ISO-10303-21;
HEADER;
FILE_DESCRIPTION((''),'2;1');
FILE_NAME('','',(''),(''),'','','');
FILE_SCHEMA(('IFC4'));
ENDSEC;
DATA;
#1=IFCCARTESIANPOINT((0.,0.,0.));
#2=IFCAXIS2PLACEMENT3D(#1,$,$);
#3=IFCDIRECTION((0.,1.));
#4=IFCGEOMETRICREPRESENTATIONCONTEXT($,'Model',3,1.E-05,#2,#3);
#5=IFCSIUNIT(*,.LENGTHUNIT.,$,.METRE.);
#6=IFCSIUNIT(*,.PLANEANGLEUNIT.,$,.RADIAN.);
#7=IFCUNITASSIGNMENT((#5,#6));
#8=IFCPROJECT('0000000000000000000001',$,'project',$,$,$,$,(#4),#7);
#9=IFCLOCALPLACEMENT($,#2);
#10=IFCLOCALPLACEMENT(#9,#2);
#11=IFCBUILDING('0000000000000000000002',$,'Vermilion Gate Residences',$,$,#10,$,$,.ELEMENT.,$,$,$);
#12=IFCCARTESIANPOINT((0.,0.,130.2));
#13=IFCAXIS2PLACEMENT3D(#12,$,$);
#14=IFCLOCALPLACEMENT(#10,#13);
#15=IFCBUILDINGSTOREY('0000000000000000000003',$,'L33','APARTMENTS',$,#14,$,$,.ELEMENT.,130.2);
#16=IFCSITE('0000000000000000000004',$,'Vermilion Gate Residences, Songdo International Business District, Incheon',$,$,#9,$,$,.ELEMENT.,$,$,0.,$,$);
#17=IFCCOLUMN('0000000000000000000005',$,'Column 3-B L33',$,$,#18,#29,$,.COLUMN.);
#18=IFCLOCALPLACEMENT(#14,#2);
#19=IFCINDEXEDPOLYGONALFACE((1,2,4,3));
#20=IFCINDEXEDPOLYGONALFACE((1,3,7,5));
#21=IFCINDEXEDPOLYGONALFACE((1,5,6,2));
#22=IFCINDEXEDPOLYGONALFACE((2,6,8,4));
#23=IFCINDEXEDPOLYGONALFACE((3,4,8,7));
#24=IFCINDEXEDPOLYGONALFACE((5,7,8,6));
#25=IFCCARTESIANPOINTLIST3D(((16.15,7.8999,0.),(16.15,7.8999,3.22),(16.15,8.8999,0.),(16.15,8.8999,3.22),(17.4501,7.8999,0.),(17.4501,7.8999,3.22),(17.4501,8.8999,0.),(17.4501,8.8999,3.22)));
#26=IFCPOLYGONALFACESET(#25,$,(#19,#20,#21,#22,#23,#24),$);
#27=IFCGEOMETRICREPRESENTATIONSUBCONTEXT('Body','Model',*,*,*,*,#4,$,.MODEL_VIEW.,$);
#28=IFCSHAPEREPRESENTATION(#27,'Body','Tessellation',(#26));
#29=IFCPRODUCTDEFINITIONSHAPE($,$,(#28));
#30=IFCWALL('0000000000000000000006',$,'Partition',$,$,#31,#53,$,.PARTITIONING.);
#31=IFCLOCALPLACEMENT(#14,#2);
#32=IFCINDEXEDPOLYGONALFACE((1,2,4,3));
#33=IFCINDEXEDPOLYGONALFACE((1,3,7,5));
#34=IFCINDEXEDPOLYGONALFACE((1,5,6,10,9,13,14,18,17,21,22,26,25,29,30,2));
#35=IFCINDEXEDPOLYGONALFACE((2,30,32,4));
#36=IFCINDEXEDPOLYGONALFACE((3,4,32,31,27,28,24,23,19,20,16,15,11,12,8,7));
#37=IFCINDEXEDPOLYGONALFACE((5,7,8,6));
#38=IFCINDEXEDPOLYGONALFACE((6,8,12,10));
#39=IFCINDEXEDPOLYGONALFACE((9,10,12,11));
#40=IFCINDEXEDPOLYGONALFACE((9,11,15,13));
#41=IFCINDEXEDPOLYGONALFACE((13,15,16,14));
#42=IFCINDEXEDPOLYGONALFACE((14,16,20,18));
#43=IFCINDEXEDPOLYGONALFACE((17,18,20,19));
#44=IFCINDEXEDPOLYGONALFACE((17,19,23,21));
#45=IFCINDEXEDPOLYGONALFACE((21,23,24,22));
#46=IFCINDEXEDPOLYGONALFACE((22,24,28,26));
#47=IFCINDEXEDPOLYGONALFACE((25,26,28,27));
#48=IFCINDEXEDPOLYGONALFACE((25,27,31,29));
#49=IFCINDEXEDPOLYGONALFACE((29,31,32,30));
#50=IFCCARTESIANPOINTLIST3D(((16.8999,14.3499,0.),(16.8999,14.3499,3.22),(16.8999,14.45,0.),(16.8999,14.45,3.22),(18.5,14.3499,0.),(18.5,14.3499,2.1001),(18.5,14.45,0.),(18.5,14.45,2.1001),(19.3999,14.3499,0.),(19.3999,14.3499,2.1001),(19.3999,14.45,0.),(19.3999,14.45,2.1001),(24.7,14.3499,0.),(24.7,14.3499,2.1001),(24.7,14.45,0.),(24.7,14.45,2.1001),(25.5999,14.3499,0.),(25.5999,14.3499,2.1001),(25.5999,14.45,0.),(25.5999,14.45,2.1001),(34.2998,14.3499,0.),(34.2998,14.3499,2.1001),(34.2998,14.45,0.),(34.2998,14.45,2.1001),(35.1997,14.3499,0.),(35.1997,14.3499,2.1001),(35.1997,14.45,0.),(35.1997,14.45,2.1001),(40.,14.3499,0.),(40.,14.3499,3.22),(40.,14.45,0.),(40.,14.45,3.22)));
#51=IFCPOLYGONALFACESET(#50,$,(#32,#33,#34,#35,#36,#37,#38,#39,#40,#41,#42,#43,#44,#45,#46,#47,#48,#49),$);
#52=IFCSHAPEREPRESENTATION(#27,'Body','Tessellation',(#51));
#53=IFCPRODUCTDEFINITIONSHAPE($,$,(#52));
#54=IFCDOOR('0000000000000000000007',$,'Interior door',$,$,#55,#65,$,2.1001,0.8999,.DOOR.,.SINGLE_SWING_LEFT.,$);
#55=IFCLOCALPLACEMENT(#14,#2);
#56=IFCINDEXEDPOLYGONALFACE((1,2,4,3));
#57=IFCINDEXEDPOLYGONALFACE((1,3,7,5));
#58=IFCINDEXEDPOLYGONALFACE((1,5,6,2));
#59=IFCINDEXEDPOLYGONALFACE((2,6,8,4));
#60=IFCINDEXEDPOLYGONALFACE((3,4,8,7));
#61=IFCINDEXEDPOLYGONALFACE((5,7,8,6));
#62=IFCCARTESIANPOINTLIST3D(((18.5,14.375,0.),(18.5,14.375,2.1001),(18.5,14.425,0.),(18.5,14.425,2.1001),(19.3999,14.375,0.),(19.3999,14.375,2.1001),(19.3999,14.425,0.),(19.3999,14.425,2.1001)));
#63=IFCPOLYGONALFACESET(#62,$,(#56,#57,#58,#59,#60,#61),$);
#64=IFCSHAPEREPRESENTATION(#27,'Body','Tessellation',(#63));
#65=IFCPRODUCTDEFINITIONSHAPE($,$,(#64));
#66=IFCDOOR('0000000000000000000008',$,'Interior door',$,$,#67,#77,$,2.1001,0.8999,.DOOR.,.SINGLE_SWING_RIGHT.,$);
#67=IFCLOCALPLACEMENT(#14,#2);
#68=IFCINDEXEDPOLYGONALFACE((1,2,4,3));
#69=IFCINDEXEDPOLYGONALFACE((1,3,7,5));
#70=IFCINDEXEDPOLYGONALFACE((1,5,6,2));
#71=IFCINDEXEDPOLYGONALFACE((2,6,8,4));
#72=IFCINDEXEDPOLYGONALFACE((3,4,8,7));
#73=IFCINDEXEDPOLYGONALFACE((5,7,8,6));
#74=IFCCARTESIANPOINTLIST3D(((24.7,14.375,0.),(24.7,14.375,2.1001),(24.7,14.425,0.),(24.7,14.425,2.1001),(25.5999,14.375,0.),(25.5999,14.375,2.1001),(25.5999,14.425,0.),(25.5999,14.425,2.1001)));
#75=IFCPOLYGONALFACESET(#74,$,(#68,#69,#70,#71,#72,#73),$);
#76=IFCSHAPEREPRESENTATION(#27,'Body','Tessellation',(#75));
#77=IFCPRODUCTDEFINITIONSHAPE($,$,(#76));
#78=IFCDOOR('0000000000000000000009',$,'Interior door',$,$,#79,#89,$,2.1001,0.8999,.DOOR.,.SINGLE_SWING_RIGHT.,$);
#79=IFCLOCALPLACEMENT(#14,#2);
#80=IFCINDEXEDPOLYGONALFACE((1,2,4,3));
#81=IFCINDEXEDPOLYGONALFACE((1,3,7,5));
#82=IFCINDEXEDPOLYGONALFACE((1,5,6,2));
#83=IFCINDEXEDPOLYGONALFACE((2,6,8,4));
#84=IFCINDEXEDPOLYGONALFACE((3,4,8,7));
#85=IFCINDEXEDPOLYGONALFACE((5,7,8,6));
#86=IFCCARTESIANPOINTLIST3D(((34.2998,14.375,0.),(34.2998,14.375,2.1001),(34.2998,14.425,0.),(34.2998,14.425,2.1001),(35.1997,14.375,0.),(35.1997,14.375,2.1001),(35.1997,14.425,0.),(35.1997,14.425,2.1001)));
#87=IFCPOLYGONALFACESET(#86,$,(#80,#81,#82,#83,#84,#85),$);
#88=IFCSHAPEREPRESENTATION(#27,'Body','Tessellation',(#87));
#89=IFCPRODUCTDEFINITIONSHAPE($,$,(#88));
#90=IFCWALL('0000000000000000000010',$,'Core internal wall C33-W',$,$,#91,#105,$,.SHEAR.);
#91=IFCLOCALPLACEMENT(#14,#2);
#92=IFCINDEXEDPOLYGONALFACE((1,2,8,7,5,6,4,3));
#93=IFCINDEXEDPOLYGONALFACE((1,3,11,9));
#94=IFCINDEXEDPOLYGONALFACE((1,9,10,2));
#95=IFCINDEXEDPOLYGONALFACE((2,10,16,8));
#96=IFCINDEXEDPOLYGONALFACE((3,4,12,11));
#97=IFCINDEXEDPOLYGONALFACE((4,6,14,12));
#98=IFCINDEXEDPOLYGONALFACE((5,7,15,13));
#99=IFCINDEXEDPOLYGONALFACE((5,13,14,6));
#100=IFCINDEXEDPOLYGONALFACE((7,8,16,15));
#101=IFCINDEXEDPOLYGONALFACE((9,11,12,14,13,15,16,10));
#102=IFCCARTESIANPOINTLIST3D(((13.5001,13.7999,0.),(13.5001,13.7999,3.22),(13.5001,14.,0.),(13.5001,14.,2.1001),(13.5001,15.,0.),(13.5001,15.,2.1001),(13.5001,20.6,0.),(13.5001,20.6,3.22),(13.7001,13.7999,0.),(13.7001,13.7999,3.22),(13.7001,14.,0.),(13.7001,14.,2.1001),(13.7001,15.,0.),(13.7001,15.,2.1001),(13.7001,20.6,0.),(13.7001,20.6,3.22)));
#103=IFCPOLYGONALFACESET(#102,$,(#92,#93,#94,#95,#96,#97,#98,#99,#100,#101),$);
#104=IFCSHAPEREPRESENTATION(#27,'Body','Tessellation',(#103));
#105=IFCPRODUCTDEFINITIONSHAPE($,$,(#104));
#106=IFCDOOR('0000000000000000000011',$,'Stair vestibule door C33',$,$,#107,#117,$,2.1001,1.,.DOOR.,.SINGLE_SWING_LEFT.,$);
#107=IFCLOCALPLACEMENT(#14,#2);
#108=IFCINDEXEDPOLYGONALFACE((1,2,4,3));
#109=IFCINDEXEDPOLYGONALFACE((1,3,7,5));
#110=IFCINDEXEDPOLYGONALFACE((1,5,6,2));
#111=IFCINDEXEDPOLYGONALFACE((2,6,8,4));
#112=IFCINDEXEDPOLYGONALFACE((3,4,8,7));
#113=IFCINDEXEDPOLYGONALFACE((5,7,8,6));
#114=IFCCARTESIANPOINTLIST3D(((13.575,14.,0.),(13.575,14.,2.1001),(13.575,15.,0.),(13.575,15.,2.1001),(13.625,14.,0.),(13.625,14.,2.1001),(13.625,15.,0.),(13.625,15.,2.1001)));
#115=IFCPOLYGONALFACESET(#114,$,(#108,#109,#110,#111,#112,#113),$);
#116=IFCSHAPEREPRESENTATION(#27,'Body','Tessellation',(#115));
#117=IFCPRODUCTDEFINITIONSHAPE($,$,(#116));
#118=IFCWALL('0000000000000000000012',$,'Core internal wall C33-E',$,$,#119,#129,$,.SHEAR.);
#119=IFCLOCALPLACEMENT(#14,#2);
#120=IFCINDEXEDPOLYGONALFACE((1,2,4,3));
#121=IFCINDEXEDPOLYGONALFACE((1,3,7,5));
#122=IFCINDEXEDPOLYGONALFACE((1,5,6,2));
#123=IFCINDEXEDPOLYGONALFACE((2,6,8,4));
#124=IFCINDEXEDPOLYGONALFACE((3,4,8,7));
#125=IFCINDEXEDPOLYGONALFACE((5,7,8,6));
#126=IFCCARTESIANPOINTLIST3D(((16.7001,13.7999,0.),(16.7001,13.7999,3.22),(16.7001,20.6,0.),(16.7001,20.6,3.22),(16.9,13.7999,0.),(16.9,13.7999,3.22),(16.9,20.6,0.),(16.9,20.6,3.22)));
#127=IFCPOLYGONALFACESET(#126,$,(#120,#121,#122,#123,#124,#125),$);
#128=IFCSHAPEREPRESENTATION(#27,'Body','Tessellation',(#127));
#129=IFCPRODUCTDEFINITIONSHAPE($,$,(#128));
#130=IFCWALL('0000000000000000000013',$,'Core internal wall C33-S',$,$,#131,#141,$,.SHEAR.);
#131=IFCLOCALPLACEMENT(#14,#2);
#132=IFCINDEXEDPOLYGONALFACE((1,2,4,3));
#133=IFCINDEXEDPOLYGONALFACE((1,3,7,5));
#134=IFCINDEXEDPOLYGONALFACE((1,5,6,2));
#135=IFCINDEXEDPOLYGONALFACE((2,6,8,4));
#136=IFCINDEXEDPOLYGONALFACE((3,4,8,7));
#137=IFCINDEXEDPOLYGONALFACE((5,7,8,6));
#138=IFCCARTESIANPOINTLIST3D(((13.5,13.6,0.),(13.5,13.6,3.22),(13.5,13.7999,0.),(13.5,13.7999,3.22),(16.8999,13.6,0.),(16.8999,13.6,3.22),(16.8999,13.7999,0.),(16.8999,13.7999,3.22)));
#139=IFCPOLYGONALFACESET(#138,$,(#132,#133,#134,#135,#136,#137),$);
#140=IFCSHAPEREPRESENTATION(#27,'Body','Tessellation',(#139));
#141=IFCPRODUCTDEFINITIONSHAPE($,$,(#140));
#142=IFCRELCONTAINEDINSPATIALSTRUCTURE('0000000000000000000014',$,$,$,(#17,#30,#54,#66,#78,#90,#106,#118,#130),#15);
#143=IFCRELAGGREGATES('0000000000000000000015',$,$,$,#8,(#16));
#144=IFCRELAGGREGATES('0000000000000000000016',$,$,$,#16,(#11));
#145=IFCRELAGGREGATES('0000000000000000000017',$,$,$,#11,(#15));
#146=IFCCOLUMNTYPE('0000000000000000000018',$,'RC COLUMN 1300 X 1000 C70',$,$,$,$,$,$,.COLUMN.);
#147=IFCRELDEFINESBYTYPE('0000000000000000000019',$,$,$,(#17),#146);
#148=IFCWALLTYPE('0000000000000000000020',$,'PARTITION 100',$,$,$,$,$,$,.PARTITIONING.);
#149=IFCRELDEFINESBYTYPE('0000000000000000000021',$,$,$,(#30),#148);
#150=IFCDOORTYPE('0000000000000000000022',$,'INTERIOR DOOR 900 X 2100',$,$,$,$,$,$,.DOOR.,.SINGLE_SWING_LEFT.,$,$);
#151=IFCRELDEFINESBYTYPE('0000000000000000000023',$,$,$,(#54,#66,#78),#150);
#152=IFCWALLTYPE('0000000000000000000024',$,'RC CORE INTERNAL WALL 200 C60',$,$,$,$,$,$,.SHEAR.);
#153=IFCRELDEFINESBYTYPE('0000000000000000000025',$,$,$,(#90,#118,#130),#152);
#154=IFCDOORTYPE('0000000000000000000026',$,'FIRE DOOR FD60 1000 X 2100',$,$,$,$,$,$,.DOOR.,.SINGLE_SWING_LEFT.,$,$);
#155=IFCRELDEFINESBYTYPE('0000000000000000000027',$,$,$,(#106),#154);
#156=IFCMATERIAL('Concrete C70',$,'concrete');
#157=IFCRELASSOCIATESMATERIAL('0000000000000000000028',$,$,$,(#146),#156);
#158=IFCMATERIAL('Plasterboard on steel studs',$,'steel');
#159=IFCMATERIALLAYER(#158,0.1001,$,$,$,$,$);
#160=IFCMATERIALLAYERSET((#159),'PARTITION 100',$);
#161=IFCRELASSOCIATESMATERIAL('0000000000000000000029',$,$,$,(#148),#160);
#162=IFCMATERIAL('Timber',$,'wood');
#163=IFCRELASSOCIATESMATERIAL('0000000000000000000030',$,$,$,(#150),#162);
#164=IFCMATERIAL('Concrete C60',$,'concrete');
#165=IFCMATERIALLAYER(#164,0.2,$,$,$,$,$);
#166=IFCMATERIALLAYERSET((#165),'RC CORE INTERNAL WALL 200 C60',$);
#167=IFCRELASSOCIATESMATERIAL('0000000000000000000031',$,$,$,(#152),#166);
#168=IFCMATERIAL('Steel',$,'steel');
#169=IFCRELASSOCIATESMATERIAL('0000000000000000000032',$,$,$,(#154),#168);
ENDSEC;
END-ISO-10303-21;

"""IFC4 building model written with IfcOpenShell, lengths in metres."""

from ifc_helpers import new_model, si_unit, direction, frame, frame_2d, origin, origin_2d, place, context, subcontext, project, spatial, rectangle, extrude, material, layer, layer_set, material_profile, profile_set, type_object, element, fill, save


model = new_model("IFC4")

# Units and contexts
model_context = context("Model", 3, precision=1e-05, world=origin(), true_north=direction((0.0, 1.0)))
body_context = subcontext(model_context, "Body", "Model", "MODEL_VIEW")
ifc_project = project(units=[si_unit("LENGTHUNIT", "METRE"), si_unit("PLANEANGLEUNIT", "RADIAN")], contexts=[model_context])

# Site, building, storey
site_placement = place(None, origin())
site = spatial("IfcSite", under=ifc_project, at=site_placement, Name="Vermilion Gate Residences, Songdo International Business District, Incheon", CompositionType="ELEMENT", RefElevation=0.0)
building_placement = place(site_placement, origin())
building = spatial("IfcBuilding", under=site, at=building_placement, Name="Vermilion Gate Residences", CompositionType="ELEMENT")
storey_placement = place(building_placement, frame((0.0, 0.0, 130.2)))
storey = spatial("IfcBuildingStorey", under=building, at=storey_placement, Name="L33", Description="APARTMENTS", CompositionType="ELEMENT", Elevation=130.2)

# Column
ifc_material_1 = material(Name="Concrete C70", Category="concrete")
ifc_material_profile_1 = material_profile(ifc_material_1, rectangle(XDim=1.3, YDim=1.0, at=origin_2d()), Name="RC-1300x1000")
ifc_profile_set_1 = profile_set([ifc_material_profile_1], Name="Concrete C70")
column_type = type_object("IfcColumnType", Name="RC COLUMN 1300 X 1000 C70", PredefinedType="COLUMN", material=ifc_profile_set_1)
column_placement = place(storey_placement, frame((16.8, 8.3999, 0.0), z_axis=(0.0, 0.0, 1.0), x_axis=(1.0, 0.0, 0.0)))
element("IfcColumn", 1, at=column_placement, inside=storey, type_object=column_type, Name="Column 3-B L33", PredefinedType="COLUMN", context=body_context, shape_type="SweptSolid", body=[
    extrude(rectangle(XDim=1.3, YDim=1.0, at=origin_2d()), origin(), (0.0, 0.0, 1.0), 3.22),
])

# Wall, openings, doors
ifc_material_2 = material(Name="Plasterboard on steel studs", Category="steel")
ifc_layer_1 = layer(ifc_material_2, 0.1001)
ifc_layer_set_1 = layer_set([ifc_layer_1], Name="PARTITION 100")
wall_type_1 = type_object("IfcWallType", Name="PARTITION 100", PredefinedType="PARTITIONING", material=ifc_layer_set_1)
wall_1_placement = place(storey_placement, frame((16.8999, 14.3999, 0.0), z_axis=(0.0, 0.0, 1.0), x_axis=(1.0, 0.0, 0.0)))
wall_1 = element("IfcWall", 2, at=wall_1_placement, inside=storey, type_object=wall_type_1, Name="Partition", PredefinedType="PARTITIONING", context=body_context, shape_type="SweptSolid", body=[
    extrude(rectangle(XDim=23.1001, YDim=0.1001, at=frame_2d((11.55, 0.0))), origin(), (0.0, 0.0, 1.0), 3.22),
])
opening_1_placement = place(wall_1_placement, frame((1.6001, 0.0, 0.0)))
opening_1 = element("IfcOpeningElement", 3, at=opening_1_placement, cuts=wall_1, PredefinedType="OPENING", context=body_context, shape_type="SweptSolid", body=[
    extrude(rectangle(XDim=0.8999, YDim=2.1001, at=frame_2d((0.45, 1.05))), frame((0.0, 0.0601, 0.0), z_axis=(0.0, -1.0, 0.0), x_axis=(1.0, 0.0, 0.0)), (0.0, 0.0, 1.0), 0.1201),
])
opening_2_placement = place(wall_1_placement, frame((7.8, 0.0, 0.0)))
opening_2 = element("IfcOpeningElement", 4, at=opening_2_placement, cuts=wall_1, PredefinedType="OPENING", context=body_context, shape_type="SweptSolid", body=[
    extrude(rectangle(XDim=0.8999, YDim=2.1001, at=frame_2d((0.45, 1.05))), frame((0.0, 0.0601, 0.0), z_axis=(0.0, -1.0, 0.0), x_axis=(1.0, 0.0, 0.0)), (0.0, 0.0, 1.0), 0.1201),
])
opening_3_placement = place(wall_1_placement, frame((17.3999, 0.0, 0.0)))
opening_3 = element("IfcOpeningElement", 5, at=opening_3_placement, cuts=wall_1, PredefinedType="OPENING", context=body_context, shape_type="SweptSolid", body=[
    extrude(rectangle(XDim=0.8999, YDim=2.1001, at=frame_2d((0.45, 1.05))), frame((0.0, 0.0601, 0.0), z_axis=(0.0, -1.0, 0.0), x_axis=(1.0, 0.0, 0.0)), (0.0, 0.0, 1.0), 0.1201),
])
ifc_material_3 = material(Name="Timber", Category="wood")
door_type_1 = type_object("IfcDoorType", Name="INTERIOR DOOR 900 X 2100", OperationType="SINGLE_SWING_LEFT", PredefinedType="DOOR", material=ifc_material_3)
door_1_placement = place(opening_1_placement, frame((0.8999, 0.0, 0.0), z_axis=(0.0, 0.0, 1.0), x_axis=(-1.0, 0.0, 0.0)))
door_1 = element("IfcDoor", 6, at=door_1_placement, inside=storey, type_object=door_type_1, Name="Interior door", OperationType="SINGLE_SWING_LEFT", OverallHeight=2.1001, OverallWidth=0.8999, PredefinedType="DOOR", context=body_context, shape_type="SweptSolid", body=[
    extrude(rectangle(XDim=0.8999, YDim=2.1001, at=frame_2d((0.45, 1.05))), frame((0.0, 0.0249, 0.0), z_axis=(0.0, -1.0, 0.0), x_axis=(1.0, 0.0, 0.0)), (0.0, 0.0, 1.0), 0.05),
])
fill(opening_1, door_1)
door_2_placement = place(opening_2_placement, frame((0.8999, 0.0, 0.0), z_axis=(0.0, 0.0, 1.0), x_axis=(-1.0, 0.0, 0.0)))
door_2 = element("IfcDoor", 7, at=door_2_placement, inside=storey, type_object=door_type_1, Name="Interior door", OperationType="SINGLE_SWING_RIGHT", OverallHeight=2.1001, OverallWidth=0.8999, PredefinedType="DOOR", context=body_context, shape_type="SweptSolid", body=[
    extrude(rectangle(XDim=0.8999, YDim=2.1001, at=frame_2d((0.45, 1.05))), frame((0.0, 0.0249, 0.0), z_axis=(0.0, -1.0, 0.0), x_axis=(1.0, 0.0, 0.0)), (0.0, 0.0, 1.0), 0.05),
])
fill(opening_2, door_2)
door_3_placement = place(opening_3_placement, frame((0.8999, 0.0, 0.0), z_axis=(0.0, 0.0, 1.0), x_axis=(-1.0, 0.0, 0.0)))
door_3 = element("IfcDoor", 8, at=door_3_placement, inside=storey, type_object=door_type_1, Name="Interior door", OperationType="SINGLE_SWING_RIGHT", OverallHeight=2.1001, OverallWidth=0.8999, PredefinedType="DOOR", context=body_context, shape_type="SweptSolid", body=[
    extrude(rectangle(XDim=0.8999, YDim=2.1001, at=frame_2d((0.45, 1.05))), frame((0.0, 0.0249, 0.0), z_axis=(0.0, -1.0, 0.0), x_axis=(1.0, 0.0, 0.0)), (0.0, 0.0, 1.0), 0.05),
])
fill(opening_3, door_3)

# Wall, opening, door
ifc_material_4 = material(Name="Concrete C60", Category="concrete")
ifc_layer_2 = layer(ifc_material_4, 0.2)
ifc_layer_set_2 = layer_set([ifc_layer_2], Name="RC CORE INTERNAL WALL 200 C60")
wall_type_2 = type_object("IfcWallType", Name="RC CORE INTERNAL WALL 200 C60", PredefinedType="SHEAR", material=ifc_layer_set_2)
wall_2_placement = place(storey_placement, frame((13.6001, 13.8, 0.0), z_axis=(0.0, 0.0, 1.0), x_axis=(0.0, 1.0, 0.0)))
wall_2 = element("IfcWall", 9, at=wall_2_placement, inside=storey, type_object=wall_type_2, Name="Core internal wall C33-W", PredefinedType="SHEAR", context=body_context, shape_type="SweptSolid", body=[
    extrude(rectangle(XDim=6.8, YDim=0.2, at=frame_2d((3.3999, 0.0))), origin(), (0.0, 0.0, 1.0), 3.22),
])
opening_4_placement = place(wall_2_placement, frame((0.2, 0.0, 0.0)))
opening_4 = element("IfcOpeningElement", 10, at=opening_4_placement, cuts=wall_2, PredefinedType="OPENING", context=body_context, shape_type="SweptSolid", body=[
    extrude(rectangle(XDim=1.0, YDim=2.1001, at=frame_2d((0.5, 1.05))), frame((0.0, 0.1099, 0.0), z_axis=(0.0, -1.0, 0.0), x_axis=(1.0, 0.0, 0.0)), (0.0, 0.0, 1.0), 0.22),
])
ifc_material_5 = material(Name="Steel", Category="steel")
door_type_2 = type_object("IfcDoorType", Name="FIRE DOOR FD60 1000 X 2100", OperationType="SINGLE_SWING_LEFT", PredefinedType="DOOR", material=ifc_material_5)
door_4_placement = place(opening_4_placement, frame((1.0, 0.0, 0.0), z_axis=(0.0, 0.0, 1.0), x_axis=(-1.0, 0.0, 0.0)))
door_4 = element("IfcDoor", 11, at=door_4_placement, inside=storey, type_object=door_type_2, Name="Stair vestibule door C33", OperationType="SINGLE_SWING_LEFT", OverallHeight=2.1001, OverallWidth=1.0, PredefinedType="DOOR", context=body_context, shape_type="SweptSolid", body=[
    extrude(rectangle(XDim=1.0, YDim=2.1001, at=frame_2d((0.5, 1.05))), frame((0.0, 0.0249, 0.0), z_axis=(0.0, -1.0, 0.0), x_axis=(1.0, 0.0, 0.0)), (0.0, 0.0, 1.0), 0.05),
])
fill(opening_4, door_4)

# Walls
wall_3_placement = place(storey_placement, frame((16.8, 13.8, 0.0), z_axis=(0.0, 0.0, 1.0), x_axis=(0.0, 1.0, 0.0)))
element("IfcWall", 12, at=wall_3_placement, inside=storey, type_object=wall_type_2, Name="Core internal wall C33-E", PredefinedType="SHEAR", context=body_context, shape_type="SweptSolid", body=[
    extrude(rectangle(XDim=6.8, YDim=0.2, at=frame_2d((3.3999, 0.0))), origin(), (0.0, 0.0, 1.0), 3.22),
])
wall_4_placement = place(storey_placement, frame((13.5, 13.7, 0.0), z_axis=(0.0, 0.0, 1.0), x_axis=(1.0, 0.0, 0.0)))
element("IfcWall", 13, at=wall_4_placement, inside=storey, type_object=wall_type_2, Name="Core internal wall C33-S", PredefinedType="SHEAR", context=body_context, shape_type="SweptSolid", body=[
    extrude(rectangle(XDim=3.3999, YDim=0.2, at=frame_2d((1.7, 0.0))), origin(), (0.0, 0.0, 1.0), 3.22),
])

save(model, "model.ifc")
